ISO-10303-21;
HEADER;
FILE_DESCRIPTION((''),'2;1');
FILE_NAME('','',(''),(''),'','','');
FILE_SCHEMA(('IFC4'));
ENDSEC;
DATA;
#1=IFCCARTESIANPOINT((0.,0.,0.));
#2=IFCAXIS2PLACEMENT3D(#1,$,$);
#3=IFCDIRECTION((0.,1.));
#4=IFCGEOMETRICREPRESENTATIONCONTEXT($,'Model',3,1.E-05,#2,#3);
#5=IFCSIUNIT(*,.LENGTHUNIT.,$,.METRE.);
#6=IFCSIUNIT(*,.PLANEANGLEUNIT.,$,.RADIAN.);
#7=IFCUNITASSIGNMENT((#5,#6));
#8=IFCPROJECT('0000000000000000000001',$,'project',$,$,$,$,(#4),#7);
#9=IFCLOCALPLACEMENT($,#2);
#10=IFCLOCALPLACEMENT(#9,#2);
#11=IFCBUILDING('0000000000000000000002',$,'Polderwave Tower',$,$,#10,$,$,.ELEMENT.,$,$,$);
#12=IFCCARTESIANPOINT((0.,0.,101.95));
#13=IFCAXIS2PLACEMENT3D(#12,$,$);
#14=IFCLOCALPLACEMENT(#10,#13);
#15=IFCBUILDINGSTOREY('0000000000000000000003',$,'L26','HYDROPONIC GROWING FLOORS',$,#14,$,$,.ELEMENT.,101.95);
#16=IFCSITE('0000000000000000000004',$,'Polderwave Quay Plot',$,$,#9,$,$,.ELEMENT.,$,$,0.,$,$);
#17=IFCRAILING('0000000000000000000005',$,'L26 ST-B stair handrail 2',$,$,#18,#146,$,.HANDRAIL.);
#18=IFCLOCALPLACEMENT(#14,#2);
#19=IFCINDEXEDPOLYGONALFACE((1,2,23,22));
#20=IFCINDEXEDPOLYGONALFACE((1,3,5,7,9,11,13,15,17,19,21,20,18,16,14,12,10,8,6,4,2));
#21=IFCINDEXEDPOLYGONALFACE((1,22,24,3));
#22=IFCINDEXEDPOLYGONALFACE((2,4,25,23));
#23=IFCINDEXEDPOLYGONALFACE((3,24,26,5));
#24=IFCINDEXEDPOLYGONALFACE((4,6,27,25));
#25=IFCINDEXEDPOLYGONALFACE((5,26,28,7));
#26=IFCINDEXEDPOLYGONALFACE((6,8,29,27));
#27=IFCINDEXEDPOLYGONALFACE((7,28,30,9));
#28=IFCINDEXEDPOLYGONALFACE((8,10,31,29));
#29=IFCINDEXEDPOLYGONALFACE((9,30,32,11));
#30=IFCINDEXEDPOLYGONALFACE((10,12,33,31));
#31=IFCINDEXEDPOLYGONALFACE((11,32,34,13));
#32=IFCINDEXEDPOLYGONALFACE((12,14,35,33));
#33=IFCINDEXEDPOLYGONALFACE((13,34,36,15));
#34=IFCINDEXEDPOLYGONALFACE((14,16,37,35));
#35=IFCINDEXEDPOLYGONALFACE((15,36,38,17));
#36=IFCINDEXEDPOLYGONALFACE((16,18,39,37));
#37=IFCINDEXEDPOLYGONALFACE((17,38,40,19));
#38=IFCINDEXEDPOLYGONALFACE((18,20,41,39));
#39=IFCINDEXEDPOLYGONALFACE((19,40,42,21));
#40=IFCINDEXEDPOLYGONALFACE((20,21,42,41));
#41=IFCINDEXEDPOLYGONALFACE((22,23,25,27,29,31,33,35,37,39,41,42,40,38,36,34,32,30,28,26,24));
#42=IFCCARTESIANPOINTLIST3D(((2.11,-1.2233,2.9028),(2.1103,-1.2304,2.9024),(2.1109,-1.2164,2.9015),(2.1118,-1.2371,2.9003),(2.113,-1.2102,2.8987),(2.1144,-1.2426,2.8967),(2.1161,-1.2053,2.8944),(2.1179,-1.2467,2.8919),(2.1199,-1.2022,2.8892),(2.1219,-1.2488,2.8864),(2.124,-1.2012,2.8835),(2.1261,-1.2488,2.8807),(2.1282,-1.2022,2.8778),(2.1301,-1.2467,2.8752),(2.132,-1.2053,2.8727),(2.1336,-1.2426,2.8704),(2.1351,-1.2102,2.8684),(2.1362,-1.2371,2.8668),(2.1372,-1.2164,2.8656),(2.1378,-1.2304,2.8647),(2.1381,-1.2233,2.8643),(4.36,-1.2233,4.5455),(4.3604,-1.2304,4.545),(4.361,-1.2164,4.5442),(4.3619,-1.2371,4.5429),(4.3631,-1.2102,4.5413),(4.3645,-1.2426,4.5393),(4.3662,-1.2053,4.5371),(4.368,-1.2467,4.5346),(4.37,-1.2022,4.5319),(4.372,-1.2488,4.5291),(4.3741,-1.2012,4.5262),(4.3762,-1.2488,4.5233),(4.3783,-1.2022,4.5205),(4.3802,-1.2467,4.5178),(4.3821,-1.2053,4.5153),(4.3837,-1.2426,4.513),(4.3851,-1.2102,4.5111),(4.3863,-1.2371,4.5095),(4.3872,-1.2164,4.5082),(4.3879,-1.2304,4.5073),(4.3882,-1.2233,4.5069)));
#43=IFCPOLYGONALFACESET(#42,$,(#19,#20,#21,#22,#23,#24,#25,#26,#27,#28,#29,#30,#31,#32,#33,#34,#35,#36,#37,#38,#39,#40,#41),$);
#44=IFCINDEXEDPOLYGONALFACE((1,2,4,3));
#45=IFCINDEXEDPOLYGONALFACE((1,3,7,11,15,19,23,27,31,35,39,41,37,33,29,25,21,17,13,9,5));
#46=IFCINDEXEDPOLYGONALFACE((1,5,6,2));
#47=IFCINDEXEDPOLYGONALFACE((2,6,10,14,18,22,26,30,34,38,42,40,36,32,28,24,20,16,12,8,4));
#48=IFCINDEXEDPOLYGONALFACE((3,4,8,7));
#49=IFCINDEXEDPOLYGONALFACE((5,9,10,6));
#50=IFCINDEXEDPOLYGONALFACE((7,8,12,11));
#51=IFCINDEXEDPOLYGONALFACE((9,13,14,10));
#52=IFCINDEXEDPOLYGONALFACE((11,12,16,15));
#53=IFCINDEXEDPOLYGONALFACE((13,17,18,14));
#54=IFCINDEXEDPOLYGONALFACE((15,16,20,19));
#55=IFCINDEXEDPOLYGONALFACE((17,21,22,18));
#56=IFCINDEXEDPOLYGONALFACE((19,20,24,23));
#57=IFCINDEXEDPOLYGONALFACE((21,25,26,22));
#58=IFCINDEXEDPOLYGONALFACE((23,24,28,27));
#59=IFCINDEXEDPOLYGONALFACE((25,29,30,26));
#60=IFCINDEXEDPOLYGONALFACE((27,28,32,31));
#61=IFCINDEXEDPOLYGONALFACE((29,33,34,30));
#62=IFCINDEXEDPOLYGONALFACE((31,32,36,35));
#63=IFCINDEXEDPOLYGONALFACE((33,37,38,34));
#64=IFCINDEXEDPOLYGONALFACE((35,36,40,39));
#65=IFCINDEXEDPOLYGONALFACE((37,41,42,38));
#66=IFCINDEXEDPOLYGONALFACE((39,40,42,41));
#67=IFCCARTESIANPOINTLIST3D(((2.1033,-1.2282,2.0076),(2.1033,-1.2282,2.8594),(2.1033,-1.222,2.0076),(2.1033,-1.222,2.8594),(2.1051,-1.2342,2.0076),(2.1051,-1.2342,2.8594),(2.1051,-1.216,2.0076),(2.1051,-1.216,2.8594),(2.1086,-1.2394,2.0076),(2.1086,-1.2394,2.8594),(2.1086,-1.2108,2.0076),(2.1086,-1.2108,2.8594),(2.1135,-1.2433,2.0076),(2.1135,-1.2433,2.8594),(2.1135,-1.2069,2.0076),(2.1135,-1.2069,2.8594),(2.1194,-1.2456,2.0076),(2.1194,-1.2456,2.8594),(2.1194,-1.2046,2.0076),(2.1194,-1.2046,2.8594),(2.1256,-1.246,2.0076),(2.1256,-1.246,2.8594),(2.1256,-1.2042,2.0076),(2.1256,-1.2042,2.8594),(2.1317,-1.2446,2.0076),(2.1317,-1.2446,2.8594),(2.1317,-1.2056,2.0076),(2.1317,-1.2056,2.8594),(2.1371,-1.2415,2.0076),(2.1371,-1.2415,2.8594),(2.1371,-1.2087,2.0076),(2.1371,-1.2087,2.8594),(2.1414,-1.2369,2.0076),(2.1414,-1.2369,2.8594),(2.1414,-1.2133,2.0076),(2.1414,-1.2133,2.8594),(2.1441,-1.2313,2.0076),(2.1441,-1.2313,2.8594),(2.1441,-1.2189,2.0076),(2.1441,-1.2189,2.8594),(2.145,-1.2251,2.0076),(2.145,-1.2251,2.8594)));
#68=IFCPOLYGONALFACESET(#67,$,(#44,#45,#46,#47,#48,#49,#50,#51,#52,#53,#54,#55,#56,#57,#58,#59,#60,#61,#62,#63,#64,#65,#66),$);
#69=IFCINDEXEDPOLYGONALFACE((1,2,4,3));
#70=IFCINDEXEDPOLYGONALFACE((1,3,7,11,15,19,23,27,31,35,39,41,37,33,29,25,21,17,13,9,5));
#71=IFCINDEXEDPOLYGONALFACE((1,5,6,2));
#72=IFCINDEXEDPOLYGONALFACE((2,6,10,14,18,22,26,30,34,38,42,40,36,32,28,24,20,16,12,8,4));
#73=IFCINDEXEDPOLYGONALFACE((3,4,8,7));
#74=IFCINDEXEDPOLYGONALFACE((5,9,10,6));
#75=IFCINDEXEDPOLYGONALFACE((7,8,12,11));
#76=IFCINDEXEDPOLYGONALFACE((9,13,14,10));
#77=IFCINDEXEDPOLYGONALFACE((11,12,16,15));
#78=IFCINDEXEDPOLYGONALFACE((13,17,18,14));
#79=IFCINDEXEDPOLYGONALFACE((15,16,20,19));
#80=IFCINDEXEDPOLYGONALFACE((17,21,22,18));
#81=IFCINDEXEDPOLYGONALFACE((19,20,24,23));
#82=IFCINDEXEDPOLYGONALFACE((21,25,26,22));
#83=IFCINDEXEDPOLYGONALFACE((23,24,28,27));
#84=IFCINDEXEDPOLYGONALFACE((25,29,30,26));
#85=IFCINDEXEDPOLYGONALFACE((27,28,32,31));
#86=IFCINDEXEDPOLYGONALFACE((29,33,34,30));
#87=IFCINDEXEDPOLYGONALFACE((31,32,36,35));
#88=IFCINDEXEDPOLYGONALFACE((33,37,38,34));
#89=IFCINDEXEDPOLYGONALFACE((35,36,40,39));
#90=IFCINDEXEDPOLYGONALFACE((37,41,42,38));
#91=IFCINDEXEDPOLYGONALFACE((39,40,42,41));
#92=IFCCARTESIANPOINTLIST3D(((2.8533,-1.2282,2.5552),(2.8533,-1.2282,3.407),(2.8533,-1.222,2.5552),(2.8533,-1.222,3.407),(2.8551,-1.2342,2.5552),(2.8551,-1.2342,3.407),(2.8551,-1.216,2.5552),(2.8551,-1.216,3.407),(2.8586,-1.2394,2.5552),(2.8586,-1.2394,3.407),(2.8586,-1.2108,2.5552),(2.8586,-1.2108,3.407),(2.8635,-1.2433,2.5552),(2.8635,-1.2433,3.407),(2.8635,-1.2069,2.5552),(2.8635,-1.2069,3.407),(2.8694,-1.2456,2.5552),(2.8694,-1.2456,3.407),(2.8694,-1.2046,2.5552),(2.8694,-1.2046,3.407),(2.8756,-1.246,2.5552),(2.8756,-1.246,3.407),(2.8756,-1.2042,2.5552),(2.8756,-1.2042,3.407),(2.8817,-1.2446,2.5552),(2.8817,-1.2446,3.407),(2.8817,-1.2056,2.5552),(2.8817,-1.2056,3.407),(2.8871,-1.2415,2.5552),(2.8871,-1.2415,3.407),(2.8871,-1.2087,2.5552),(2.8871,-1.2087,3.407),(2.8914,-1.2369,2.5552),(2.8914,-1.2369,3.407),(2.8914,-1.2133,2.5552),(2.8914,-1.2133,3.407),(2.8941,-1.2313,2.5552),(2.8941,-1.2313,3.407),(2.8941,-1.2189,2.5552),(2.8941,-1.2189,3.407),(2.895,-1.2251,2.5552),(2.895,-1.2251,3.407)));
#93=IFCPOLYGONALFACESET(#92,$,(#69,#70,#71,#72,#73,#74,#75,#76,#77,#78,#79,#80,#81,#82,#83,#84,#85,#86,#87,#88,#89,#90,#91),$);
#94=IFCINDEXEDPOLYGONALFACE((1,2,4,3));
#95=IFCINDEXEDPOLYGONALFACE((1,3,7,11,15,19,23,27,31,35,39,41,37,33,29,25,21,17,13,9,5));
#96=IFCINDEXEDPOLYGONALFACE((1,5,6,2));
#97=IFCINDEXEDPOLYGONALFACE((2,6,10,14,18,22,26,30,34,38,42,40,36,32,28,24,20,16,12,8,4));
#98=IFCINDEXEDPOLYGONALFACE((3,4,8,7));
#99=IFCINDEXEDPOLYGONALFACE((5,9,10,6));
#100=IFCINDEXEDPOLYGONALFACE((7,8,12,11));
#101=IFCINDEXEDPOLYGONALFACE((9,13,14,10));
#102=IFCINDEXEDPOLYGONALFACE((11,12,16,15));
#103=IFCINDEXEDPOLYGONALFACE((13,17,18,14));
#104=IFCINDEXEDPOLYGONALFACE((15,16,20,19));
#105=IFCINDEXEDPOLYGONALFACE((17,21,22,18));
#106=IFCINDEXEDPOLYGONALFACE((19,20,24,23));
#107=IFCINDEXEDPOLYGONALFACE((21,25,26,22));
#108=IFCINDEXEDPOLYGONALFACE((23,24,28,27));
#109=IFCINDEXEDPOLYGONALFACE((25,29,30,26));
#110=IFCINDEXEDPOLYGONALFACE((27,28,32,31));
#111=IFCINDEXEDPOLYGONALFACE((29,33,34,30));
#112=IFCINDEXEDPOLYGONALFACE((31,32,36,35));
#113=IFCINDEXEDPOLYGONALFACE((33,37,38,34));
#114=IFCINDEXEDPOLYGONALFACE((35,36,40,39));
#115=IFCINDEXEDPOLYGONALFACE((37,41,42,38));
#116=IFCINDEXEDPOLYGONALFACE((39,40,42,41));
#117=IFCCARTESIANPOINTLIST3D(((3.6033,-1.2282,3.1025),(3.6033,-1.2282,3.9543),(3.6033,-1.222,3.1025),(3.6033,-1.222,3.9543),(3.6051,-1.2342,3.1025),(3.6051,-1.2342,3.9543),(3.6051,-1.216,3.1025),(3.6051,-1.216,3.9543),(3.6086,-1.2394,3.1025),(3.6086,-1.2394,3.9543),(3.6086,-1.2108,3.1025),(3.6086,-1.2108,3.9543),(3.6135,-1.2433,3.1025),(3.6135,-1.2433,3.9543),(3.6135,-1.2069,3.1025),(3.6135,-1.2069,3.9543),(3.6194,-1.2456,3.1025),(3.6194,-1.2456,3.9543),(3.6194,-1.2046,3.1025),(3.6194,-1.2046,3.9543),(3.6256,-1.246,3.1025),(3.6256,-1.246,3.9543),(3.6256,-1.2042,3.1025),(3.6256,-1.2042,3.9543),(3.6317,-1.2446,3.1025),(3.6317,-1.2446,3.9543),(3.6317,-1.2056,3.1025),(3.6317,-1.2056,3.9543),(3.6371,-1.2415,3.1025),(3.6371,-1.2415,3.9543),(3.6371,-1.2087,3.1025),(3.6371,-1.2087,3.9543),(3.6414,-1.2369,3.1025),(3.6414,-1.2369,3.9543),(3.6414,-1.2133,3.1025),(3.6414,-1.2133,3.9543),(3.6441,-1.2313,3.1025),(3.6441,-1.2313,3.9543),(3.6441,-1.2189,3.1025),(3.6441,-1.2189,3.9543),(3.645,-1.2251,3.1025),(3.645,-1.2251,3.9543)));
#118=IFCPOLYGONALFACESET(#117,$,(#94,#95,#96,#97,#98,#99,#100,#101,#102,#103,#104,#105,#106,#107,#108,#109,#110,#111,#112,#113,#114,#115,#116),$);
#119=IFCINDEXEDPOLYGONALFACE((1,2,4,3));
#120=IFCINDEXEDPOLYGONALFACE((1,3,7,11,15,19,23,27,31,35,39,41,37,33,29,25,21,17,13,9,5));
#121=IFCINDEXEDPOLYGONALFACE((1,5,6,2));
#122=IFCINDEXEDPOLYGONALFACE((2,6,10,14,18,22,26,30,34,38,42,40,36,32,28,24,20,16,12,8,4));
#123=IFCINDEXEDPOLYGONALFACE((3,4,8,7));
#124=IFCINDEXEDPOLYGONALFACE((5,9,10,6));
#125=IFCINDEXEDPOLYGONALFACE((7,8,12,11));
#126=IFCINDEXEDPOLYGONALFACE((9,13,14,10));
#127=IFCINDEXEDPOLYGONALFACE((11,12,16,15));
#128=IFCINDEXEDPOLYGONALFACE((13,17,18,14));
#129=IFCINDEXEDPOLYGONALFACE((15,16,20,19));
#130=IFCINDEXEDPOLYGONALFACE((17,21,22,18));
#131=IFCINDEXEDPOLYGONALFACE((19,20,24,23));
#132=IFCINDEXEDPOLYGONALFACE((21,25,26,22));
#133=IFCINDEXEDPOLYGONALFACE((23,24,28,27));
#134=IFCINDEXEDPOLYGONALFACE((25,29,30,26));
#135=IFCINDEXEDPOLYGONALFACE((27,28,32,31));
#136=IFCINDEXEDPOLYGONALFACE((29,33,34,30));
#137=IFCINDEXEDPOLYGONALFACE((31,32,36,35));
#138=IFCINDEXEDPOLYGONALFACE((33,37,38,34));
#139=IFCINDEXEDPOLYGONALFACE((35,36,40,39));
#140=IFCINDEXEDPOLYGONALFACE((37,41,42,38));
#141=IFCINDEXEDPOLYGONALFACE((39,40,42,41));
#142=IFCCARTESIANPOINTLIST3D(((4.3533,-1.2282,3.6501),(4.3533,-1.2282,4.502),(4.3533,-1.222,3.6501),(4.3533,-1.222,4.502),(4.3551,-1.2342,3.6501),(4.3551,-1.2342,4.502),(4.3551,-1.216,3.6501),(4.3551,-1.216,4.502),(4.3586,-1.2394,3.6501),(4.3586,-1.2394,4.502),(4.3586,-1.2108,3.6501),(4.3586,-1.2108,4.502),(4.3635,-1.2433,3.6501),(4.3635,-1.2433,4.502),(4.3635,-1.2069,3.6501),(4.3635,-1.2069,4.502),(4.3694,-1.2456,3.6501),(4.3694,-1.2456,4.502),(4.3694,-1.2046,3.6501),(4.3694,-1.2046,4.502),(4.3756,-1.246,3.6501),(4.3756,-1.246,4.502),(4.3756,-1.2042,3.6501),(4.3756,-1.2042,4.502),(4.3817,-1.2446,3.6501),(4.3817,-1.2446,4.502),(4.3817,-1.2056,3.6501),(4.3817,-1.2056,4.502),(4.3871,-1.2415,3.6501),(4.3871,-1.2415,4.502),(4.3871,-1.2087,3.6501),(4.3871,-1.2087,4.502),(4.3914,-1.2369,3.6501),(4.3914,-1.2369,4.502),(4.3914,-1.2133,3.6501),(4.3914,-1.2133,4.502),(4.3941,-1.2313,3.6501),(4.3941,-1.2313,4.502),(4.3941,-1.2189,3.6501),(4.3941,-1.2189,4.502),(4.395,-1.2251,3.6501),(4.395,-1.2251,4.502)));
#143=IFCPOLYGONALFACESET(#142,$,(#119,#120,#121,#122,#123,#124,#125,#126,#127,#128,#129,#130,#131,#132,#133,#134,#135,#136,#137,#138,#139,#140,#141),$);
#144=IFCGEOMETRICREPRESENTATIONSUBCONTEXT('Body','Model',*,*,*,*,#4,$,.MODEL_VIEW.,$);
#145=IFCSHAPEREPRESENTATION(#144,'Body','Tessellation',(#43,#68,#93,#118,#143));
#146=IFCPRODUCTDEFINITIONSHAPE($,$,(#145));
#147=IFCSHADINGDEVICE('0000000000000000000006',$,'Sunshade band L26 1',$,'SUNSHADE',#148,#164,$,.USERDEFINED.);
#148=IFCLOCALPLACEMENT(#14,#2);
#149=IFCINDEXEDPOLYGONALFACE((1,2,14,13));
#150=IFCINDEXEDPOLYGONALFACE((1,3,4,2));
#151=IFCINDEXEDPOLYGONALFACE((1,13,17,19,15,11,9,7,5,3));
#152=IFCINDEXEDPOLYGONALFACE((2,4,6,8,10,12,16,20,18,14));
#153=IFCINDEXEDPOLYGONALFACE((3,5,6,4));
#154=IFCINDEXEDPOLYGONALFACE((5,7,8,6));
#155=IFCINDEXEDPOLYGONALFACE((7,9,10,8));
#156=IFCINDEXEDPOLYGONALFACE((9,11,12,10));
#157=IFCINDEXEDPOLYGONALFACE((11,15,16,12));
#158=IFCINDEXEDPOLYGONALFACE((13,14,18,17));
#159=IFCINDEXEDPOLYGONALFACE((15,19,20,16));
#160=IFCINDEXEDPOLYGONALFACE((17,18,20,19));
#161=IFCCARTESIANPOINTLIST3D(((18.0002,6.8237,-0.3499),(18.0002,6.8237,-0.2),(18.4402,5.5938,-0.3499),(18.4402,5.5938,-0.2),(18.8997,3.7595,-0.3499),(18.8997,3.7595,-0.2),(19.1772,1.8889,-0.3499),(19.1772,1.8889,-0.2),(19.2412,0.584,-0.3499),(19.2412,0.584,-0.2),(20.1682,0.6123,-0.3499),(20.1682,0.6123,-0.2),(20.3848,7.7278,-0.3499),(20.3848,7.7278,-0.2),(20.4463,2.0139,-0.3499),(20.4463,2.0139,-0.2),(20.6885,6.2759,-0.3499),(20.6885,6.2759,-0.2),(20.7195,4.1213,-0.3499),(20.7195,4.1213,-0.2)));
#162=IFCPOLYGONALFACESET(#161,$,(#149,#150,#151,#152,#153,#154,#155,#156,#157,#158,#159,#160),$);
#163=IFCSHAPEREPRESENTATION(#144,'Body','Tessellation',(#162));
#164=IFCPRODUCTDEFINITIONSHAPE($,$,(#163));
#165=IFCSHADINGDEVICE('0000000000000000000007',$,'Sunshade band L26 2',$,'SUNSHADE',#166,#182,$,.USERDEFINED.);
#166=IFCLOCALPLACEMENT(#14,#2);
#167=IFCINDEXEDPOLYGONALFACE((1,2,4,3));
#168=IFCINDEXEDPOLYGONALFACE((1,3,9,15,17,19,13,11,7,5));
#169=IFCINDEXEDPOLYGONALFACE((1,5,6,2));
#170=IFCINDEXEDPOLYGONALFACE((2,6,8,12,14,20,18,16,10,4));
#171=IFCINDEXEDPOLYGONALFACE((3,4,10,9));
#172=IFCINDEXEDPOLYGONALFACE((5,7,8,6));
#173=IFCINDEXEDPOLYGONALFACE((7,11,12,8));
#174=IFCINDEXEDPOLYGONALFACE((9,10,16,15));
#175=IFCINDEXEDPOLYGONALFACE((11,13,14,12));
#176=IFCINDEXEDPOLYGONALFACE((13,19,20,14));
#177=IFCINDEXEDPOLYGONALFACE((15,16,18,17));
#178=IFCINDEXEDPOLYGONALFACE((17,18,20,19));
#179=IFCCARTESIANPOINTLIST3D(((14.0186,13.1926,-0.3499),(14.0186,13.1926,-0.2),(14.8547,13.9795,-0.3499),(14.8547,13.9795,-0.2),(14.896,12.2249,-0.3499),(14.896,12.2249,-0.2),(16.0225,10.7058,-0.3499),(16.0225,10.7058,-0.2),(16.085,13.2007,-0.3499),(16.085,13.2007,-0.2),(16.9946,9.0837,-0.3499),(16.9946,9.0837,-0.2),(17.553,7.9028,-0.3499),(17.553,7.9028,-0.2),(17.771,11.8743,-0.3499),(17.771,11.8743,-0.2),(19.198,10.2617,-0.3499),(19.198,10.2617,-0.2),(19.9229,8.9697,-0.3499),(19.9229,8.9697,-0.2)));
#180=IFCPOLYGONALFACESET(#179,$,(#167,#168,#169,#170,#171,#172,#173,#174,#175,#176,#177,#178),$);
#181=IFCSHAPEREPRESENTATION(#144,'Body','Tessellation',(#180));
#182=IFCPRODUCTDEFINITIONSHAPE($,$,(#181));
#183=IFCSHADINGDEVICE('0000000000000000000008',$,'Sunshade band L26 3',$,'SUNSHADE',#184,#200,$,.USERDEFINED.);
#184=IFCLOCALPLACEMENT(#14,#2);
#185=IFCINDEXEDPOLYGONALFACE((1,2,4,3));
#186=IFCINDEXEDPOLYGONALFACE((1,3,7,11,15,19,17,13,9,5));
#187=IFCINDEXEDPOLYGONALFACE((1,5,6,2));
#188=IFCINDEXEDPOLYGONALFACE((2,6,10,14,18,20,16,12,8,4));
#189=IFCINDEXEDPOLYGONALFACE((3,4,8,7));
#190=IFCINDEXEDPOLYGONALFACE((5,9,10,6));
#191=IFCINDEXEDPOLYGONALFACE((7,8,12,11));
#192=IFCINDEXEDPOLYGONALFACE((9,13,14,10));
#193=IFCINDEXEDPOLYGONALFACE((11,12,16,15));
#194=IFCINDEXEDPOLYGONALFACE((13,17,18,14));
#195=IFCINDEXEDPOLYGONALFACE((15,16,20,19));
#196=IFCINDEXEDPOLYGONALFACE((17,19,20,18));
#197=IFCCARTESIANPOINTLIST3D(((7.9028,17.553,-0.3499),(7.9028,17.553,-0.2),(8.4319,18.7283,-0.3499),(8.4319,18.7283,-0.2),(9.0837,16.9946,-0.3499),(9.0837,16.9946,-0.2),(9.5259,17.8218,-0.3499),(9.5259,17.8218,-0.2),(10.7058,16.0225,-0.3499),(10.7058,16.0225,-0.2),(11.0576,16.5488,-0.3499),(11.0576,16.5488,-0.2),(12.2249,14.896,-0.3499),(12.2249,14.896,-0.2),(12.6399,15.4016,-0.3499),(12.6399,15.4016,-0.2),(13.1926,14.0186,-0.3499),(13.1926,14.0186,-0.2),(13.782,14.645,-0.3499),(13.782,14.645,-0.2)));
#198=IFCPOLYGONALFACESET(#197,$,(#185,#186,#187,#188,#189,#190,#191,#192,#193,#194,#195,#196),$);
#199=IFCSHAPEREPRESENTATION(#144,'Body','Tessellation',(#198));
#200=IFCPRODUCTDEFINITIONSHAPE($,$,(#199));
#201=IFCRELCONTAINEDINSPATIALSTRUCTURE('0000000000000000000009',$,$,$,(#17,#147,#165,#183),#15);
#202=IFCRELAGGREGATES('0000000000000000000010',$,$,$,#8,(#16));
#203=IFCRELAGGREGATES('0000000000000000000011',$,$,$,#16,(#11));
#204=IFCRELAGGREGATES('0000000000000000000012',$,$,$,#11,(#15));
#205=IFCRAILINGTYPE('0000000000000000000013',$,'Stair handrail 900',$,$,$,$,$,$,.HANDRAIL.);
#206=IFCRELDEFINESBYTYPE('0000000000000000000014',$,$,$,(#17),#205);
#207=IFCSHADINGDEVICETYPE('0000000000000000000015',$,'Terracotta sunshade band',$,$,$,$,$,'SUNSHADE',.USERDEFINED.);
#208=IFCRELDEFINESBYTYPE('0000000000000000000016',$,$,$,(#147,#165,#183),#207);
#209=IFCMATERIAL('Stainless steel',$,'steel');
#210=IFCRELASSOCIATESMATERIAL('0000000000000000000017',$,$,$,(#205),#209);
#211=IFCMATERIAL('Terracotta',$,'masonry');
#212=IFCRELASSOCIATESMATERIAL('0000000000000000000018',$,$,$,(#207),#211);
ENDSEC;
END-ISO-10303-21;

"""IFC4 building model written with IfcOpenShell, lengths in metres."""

from ifc_helpers import new_model, si_unit, direction, frame, origin, origin_2d, place, context, subcontext, project, spatial, polyline, circle, outline, extrude, material, type_object, element, save


model = new_model("IFC4")

# Units and contexts
model_context = context("Model", 3, precision=1e-05, world=origin(), true_north=direction((0.0, 1.0)))
body_context = subcontext(model_context, "Body", "Model", "MODEL_VIEW")
ifc_project = project(units=[si_unit("LENGTHUNIT", "METRE"), si_unit("PLANEANGLEUNIT", "RADIAN")], contexts=[model_context])

# Site, building, storey
site_placement = place(None, origin())
site = spatial("IfcSite", under=ifc_project, at=site_placement, Name="Polderwave Quay Plot", CompositionType="ELEMENT", RefElevation=0.0)
building_placement = place(site_placement, origin())
building = spatial("IfcBuilding", under=site, at=building_placement, Name="Polderwave Tower", CompositionType="ELEMENT")
storey_placement = place(building_placement, frame((0.0, 0.0, 101.95)))
storey = spatial("IfcBuildingStorey", under=building, at=storey_placement, Name="L26", Description="HYDROPONIC GROWING FLOORS", CompositionType="ELEMENT", Elevation=101.95)

# Railing
ifc_material_1 = material(Name="Stainless steel", Category="steel")
railing_type_1 = type_object("IfcRailingType", Name="Stair handrail 900", PredefinedType="HANDRAIL", material=ifc_material_1)
railing_1_placement = place(storey_placement, frame((2.124, -1.2251, 2.0076)))
element("IfcRailing", 1, at=railing_1_placement, inside=storey, type_object=railing_type_1, Name="L26 ST-B stair handrail 2", PredefinedType="HANDRAIL", context=body_context, shape_type="SweptSolid", body=[
    extrude(circle(Radius=0.0239, at=origin_2d()), frame((0.0, 0.0, 0.876), z_axis=(0.807674, 0.0, 0.58963), x_axis=(0.0, 1.0, 0.0)), (0.0, 0.0, 1.0), 2.7859),
    extrude(circle(Radius=0.021, at=origin_2d()), origin(), (0.0, 0.0, 1.0), 0.8518),
    extrude(circle(Radius=0.021, at=origin_2d()), frame((0.75, 0.0, 0.5476)), (0.0, 0.0, 1.0), 0.8518),
    extrude(circle(Radius=0.021, at=origin_2d()), frame((1.5, 0.0, 1.095)), (0.0, 0.0, 1.0), 0.8518),
    extrude(circle(Radius=0.021, at=origin_2d()), frame((2.25, 0.0, 1.6426)), (0.0, 0.0, 1.0), 0.8518),
])

# Shading devices
ifc_material_2 = material(Name="Terracotta", Category="masonry")
shading_device_type = type_object("IfcShadingDeviceType", Name="Terracotta sunshade band", ElementType="SUNSHADE", PredefinedType="USERDEFINED", material=ifc_material_2)
shading_device_1_placement = place(storey_placement, frame((0.0, 0.0, -0.3499)))
element("IfcShadingDevice", 2, at=shading_device_1_placement, inside=storey, type_object=shading_device_type, Name="Sunshade band L26 1", ObjectType="SUNSHADE", PredefinedType="USERDEFINED", context=body_context, shape_type="SweptSolid", body=[
    extrude(outline(polyline([(19.2412, 0.584), (19.1772, 1.8889), (18.8997, 3.7595), (18.4402, 5.5938), (18.0002, 6.8237), (20.3848, 7.7278), (20.6885, 6.2759), (20.7195, 4.1213), (20.4463, 2.0139), (20.1682, 0.6123), (19.2412, 0.584)])), origin(), (0.0, 0.0, 1.0), 0.1499),
])
shading_device_2_placement = place(storey_placement, frame((0.0, 0.0, -0.3499)))
element("IfcShadingDevice", 3, at=shading_device_2_placement, inside=storey, type_object=shading_device_type, Name="Sunshade band L26 2", ObjectType="SUNSHADE", PredefinedType="USERDEFINED", context=body_context, shape_type="SweptSolid", body=[
    extrude(outline(polyline([(17.553, 7.9028), (16.9946, 9.0837), (16.0225, 10.7058), (14.896, 12.2249), (14.0186, 13.1926), (14.8547, 13.9795), (16.085, 13.2007), (17.771, 11.8743), (19.198, 10.2617), (19.9229, 8.9697), (17.553, 7.9028)])), origin(), (0.0, 0.0, 1.0), 0.1499),
])
shading_device_3_placement = place(storey_placement, frame((0.0, 0.0, -0.3499)))
element("IfcShadingDevice", 4, at=shading_device_3_placement, inside=storey, type_object=shading_device_type, Name="Sunshade band L26 3", ObjectType="SUNSHADE", PredefinedType="USERDEFINED", context=body_context, shape_type="SweptSolid", body=[
    extrude(outline(polyline([(13.1926, 14.0186), (12.2249, 14.896), (10.7058, 16.0225), (9.0837, 16.9946), (7.9028, 17.553), (8.4319, 18.7283), (9.5259, 17.8218), (11.0576, 16.5488), (12.6399, 15.4016), (13.782, 14.645), (13.1926, 14.0186)])), origin(), (0.0, 0.0, 1.0), 0.1499),
])

save(model, "model.ifc")
